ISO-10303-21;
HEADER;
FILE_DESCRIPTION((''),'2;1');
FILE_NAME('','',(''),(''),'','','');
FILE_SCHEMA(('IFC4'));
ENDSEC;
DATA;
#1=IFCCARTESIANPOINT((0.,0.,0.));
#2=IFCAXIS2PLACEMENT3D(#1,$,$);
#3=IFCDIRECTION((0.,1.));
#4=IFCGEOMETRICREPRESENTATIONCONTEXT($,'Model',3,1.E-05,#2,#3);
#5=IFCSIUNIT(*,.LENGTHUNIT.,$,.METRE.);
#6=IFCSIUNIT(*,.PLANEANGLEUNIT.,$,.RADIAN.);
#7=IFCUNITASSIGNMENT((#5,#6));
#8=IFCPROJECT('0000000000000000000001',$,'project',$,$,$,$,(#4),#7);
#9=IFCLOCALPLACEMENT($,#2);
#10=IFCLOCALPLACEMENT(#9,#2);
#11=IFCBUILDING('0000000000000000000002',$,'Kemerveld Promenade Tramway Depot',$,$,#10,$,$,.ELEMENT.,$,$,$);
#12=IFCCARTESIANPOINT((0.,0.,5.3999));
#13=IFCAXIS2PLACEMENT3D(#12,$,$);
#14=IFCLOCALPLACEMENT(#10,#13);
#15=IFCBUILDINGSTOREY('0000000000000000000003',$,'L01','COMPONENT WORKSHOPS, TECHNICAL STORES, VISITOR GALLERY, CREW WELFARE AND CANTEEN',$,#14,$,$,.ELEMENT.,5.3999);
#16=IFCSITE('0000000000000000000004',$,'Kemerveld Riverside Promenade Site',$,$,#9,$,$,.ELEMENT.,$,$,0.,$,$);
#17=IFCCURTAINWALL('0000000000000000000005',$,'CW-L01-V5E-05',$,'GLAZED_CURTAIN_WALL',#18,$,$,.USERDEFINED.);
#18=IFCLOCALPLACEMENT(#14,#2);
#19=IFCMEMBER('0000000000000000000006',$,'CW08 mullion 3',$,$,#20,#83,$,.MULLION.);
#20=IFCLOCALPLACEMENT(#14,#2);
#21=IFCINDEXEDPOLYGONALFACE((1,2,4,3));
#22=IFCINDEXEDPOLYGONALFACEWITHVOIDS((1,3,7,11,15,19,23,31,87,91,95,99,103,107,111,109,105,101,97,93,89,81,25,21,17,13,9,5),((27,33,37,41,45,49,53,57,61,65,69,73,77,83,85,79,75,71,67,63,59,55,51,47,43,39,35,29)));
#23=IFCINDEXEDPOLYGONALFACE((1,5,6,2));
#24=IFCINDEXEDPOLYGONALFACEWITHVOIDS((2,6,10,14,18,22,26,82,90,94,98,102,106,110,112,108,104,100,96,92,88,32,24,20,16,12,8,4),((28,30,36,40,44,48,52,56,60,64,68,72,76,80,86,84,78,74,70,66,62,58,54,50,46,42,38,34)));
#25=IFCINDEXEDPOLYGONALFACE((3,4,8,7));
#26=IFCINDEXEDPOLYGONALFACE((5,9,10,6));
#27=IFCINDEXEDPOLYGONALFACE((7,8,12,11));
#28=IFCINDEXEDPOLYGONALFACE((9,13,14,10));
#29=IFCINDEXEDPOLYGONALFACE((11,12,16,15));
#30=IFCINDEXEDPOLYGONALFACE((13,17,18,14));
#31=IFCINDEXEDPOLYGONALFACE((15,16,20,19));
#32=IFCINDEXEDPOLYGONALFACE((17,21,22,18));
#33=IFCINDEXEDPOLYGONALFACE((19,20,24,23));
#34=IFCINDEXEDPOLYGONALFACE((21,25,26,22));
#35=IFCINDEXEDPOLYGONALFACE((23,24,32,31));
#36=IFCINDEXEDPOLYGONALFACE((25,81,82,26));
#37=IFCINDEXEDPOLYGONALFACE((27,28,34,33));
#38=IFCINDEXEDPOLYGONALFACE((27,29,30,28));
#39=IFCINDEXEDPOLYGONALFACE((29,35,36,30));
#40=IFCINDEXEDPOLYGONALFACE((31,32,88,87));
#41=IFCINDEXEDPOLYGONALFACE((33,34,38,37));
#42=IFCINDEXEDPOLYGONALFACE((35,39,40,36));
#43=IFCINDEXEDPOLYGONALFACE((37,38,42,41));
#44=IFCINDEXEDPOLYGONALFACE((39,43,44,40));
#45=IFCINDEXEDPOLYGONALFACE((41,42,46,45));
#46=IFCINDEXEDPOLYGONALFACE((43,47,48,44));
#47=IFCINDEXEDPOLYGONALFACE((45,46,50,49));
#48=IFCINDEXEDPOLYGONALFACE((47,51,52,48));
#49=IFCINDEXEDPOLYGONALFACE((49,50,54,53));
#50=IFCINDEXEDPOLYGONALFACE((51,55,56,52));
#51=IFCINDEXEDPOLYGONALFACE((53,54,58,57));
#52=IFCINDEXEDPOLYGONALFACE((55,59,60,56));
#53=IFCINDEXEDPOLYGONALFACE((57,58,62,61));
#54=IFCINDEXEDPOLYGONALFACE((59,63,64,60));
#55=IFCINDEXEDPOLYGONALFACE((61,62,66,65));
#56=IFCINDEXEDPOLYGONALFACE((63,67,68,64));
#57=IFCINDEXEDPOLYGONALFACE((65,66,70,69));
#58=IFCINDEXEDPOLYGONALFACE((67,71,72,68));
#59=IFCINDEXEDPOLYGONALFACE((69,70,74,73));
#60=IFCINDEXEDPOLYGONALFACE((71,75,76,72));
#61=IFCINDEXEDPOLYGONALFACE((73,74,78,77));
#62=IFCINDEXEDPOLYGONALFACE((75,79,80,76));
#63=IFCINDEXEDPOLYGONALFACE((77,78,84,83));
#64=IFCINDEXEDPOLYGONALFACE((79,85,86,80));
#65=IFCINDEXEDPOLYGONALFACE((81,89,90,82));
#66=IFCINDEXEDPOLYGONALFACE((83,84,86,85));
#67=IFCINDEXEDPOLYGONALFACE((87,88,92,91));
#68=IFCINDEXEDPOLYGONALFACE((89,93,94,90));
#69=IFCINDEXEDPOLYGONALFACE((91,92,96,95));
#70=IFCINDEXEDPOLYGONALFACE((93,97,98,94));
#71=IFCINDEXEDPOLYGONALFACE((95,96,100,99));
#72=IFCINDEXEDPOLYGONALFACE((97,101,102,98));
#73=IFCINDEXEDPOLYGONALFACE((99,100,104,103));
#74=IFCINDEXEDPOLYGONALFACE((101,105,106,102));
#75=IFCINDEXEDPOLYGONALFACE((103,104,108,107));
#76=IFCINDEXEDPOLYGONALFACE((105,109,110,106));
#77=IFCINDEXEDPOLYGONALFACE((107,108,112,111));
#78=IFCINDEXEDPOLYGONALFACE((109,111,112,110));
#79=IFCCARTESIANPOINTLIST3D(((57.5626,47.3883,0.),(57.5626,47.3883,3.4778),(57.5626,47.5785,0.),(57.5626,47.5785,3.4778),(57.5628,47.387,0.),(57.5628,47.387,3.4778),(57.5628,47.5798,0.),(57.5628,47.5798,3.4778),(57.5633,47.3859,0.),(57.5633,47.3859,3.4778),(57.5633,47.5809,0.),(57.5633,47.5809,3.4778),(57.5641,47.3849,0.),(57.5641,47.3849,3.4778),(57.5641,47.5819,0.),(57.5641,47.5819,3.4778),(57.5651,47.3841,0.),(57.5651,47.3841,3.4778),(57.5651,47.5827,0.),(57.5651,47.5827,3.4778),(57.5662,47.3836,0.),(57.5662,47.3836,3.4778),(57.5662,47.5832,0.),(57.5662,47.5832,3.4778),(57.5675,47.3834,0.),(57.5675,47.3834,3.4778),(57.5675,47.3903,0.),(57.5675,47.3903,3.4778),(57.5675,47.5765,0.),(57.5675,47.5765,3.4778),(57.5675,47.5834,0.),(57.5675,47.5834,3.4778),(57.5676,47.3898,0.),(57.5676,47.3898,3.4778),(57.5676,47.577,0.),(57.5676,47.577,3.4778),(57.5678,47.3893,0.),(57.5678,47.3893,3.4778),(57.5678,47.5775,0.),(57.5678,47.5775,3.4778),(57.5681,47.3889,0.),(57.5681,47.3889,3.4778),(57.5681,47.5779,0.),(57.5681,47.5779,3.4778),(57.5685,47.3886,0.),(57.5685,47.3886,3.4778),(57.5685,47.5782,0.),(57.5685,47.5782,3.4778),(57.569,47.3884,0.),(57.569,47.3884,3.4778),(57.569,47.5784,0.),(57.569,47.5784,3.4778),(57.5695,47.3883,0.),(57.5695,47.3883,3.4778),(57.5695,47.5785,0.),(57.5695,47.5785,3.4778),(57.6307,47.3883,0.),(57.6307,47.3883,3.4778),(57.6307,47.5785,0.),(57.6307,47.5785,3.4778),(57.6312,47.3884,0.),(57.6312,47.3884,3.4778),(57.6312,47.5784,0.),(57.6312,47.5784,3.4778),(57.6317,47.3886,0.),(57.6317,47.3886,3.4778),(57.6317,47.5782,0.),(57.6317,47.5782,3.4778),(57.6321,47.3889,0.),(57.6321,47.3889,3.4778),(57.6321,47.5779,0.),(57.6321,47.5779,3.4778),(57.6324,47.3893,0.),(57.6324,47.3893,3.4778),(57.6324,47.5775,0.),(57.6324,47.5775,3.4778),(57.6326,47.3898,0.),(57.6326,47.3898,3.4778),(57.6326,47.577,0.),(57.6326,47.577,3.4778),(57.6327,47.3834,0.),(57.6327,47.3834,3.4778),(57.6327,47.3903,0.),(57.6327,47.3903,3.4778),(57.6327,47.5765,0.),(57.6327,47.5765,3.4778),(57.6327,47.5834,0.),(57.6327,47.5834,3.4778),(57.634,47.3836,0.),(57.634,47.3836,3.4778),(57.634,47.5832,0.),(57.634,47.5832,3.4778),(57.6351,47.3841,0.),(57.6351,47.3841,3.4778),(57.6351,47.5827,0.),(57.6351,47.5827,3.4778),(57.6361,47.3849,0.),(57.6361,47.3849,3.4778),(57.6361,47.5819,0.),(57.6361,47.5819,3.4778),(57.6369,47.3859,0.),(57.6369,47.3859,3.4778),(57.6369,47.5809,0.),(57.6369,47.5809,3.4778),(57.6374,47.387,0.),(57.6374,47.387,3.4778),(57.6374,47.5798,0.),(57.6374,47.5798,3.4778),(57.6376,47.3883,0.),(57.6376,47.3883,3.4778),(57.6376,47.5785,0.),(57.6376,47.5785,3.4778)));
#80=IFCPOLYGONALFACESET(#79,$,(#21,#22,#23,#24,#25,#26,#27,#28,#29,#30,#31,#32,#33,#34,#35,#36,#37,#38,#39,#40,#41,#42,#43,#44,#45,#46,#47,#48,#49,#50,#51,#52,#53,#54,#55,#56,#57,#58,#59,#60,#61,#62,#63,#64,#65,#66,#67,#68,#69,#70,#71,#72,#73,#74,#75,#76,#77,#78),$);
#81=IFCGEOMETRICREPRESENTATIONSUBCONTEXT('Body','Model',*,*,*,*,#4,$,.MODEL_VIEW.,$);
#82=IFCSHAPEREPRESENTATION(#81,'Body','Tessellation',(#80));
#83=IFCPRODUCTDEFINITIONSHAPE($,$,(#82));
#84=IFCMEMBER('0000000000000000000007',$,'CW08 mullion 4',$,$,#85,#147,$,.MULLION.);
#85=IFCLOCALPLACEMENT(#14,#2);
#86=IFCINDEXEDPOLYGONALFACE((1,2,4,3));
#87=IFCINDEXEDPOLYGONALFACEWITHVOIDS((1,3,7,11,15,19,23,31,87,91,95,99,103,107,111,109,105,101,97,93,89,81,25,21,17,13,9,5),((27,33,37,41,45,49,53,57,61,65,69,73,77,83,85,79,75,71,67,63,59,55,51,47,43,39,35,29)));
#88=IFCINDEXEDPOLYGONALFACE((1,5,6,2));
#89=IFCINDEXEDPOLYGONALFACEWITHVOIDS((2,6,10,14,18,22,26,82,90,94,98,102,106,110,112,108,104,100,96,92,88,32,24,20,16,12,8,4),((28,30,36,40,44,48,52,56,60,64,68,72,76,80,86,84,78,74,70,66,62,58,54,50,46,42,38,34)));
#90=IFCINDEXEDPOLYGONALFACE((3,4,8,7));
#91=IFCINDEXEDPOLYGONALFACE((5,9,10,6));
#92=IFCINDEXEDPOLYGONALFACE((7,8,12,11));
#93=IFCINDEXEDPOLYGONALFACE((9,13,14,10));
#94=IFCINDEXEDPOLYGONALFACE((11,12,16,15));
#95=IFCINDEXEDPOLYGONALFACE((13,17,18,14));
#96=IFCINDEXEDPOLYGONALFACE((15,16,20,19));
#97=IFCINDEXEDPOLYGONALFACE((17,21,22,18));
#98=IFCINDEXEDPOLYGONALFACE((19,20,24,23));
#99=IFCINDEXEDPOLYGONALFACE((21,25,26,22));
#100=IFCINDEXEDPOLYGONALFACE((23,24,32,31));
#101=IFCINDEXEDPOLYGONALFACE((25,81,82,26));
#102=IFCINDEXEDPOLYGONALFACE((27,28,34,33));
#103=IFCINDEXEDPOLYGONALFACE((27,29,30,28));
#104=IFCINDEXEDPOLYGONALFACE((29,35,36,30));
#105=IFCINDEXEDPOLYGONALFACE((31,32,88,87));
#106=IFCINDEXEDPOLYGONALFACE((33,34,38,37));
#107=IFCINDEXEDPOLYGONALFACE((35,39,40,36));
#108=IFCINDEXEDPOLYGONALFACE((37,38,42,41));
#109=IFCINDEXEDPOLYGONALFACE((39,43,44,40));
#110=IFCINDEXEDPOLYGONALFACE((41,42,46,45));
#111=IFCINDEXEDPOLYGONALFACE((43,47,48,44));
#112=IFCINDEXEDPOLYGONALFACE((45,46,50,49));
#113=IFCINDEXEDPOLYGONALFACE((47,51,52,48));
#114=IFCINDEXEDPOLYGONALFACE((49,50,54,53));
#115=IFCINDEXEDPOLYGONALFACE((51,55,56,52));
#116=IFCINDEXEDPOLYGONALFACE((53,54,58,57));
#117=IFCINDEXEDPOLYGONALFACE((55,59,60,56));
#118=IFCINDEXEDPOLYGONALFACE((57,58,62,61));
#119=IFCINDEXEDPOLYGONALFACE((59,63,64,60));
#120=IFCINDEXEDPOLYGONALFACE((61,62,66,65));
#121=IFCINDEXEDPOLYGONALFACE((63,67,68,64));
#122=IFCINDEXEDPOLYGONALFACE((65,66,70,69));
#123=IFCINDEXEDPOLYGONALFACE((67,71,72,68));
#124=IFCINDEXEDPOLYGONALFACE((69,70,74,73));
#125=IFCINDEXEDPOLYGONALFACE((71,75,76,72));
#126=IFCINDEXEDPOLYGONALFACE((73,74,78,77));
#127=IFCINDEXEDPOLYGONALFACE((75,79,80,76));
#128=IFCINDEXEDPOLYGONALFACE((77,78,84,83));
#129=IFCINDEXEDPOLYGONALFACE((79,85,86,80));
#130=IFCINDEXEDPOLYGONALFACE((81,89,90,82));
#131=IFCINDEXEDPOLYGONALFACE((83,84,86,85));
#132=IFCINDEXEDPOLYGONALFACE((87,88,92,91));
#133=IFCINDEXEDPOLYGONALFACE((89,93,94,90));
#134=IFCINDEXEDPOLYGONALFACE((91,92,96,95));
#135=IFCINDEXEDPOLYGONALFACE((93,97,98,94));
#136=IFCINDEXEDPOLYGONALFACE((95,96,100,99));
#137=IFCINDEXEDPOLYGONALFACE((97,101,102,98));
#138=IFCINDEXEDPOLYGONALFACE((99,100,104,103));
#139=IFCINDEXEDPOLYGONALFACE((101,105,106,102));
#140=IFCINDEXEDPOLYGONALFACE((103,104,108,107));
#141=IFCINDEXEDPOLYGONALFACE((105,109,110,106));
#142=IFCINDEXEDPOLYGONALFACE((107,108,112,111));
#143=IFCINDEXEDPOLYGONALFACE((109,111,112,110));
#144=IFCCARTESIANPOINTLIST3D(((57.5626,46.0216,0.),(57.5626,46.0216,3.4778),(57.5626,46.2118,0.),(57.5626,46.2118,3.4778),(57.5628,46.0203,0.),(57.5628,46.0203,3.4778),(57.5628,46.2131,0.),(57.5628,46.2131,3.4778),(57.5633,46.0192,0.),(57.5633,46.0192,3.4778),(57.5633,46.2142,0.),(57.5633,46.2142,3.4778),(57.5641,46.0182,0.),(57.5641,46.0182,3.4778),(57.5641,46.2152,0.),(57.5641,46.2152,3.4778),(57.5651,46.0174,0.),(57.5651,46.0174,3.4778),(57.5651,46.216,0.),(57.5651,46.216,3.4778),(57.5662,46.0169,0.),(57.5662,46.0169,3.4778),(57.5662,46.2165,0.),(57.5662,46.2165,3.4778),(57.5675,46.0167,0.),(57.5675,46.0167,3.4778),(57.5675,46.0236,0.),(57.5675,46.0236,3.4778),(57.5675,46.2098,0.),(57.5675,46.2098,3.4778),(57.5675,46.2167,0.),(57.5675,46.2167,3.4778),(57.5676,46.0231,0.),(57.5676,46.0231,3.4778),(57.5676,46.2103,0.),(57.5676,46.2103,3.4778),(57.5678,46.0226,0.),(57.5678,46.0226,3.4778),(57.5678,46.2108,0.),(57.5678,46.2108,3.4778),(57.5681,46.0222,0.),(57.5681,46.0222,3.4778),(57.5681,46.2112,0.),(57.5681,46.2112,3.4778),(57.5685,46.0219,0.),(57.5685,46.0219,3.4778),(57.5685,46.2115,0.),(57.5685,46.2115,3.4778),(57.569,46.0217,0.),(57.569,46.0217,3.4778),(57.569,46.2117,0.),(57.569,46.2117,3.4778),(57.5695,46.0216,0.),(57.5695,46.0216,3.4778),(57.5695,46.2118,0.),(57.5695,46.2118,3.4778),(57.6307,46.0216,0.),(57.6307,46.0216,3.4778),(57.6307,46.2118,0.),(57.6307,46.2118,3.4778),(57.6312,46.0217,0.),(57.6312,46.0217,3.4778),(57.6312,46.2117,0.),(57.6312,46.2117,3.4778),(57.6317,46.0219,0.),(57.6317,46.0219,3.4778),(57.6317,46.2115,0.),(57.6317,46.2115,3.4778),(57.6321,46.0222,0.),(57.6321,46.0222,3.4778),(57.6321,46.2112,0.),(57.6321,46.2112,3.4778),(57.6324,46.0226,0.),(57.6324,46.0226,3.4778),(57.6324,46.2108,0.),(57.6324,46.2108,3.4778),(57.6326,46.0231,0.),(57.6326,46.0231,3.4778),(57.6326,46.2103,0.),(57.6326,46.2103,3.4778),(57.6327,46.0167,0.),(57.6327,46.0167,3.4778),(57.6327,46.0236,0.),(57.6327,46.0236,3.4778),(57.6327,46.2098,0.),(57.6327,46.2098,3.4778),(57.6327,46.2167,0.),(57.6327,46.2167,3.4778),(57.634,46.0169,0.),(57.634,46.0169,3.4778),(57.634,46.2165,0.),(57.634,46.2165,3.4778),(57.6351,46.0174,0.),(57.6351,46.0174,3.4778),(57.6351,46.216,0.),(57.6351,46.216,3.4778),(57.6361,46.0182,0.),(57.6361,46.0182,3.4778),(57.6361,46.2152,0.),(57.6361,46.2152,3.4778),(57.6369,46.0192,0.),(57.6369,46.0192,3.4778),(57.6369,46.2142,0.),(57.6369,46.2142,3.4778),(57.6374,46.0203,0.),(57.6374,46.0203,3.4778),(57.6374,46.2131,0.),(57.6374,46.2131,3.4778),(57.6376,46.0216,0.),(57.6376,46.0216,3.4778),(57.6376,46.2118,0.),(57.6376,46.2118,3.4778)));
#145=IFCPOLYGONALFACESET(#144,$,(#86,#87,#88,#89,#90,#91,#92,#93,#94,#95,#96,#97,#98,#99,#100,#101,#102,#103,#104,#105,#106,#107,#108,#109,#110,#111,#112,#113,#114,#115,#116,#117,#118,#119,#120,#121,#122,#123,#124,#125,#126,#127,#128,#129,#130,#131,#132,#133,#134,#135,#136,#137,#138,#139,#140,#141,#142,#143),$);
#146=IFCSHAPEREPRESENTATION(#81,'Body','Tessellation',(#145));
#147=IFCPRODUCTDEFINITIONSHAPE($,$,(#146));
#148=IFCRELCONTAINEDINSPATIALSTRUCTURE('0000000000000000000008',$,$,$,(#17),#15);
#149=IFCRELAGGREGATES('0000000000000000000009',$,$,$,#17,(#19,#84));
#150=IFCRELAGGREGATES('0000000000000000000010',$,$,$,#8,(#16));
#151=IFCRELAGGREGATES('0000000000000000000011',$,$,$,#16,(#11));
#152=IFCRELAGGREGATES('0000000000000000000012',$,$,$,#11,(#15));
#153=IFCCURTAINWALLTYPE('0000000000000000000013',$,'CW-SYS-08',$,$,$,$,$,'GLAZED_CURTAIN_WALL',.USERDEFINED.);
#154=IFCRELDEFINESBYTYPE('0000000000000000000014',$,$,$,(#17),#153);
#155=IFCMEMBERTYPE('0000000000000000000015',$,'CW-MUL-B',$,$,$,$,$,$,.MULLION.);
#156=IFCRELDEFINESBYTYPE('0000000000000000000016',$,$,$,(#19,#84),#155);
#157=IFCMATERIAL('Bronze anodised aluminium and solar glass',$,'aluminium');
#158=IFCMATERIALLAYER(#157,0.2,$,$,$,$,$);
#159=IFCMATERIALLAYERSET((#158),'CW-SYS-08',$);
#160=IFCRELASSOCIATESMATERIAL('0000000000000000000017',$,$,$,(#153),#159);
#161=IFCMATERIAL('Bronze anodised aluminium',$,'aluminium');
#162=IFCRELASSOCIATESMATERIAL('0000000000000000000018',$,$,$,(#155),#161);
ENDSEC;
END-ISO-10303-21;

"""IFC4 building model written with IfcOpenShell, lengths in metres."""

from ifc_helpers import new_model, si_unit, direction, frame, origin, origin_2d, place, context, subcontext, project, spatial, hollow_rectangle, extrude, material, layer, layer_set, material_profile, profile_set, type_object, element, aggregate, save


model = new_model("IFC4")

# Units and contexts
model_context = context("Model", 3, precision=1e-05, world=origin(), true_north=direction((0.0, 1.0)))
body_context = subcontext(model_context, "Body", "Model", "MODEL_VIEW")
ifc_project = project(units=[si_unit("LENGTHUNIT", "METRE"), si_unit("PLANEANGLEUNIT", "RADIAN")], contexts=[model_context])

# Site, building, storey
site_placement = place(None, origin())
site = spatial("IfcSite", under=ifc_project, at=site_placement, Name="Kemerveld Riverside Promenade Site", CompositionType="ELEMENT", RefElevation=0.0)
building_placement = place(site_placement, origin())
building = spatial("IfcBuilding", under=site, at=building_placement, Name="Kemerveld Promenade Tramway Depot", CompositionType="ELEMENT")
storey_placement = place(building_placement, frame((0.0, 0.0, 5.3999)))
storey = spatial("IfcBuildingStorey", under=building, at=storey_placement, Name="L01", Description="COMPONENT WORKSHOPS, TECHNICAL STORES, VISITOR GALLERY, CREW WELFARE AND CANTEEN", CompositionType="ELEMENT", Elevation=5.3999)

# Curtain wall, members
ifc_material_1 = material(Name="Bronze anodised aluminium and solar glass", Category="aluminium")
ifc_layer_1 = layer(ifc_material_1, 0.2)
ifc_layer_set_1 = layer_set([ifc_layer_1], Name="CW-SYS-08")
curtain_wall_type = type_object("IfcCurtainWallType", Name="CW-SYS-08", ElementType="GLAZED_CURTAIN_WALL", PredefinedType="USERDEFINED", material=ifc_layer_set_1)
curtain_wall_placement = place(storey_placement, origin())
curtain_wall = element("IfcCurtainWall", 1, at=curtain_wall_placement, inside=storey, type_object=curtain_wall_type, Name="CW-L01-V5E-05", ObjectType="GLAZED_CURTAIN_WALL", PredefinedType="USERDEFINED")
ifc_material_2 = material(Name="Bronze anodised aluminium", Category="aluminium")
ifc_material_profile_1 = material_profile(ifc_material_2, hollow_rectangle(XDim=0.075, YDim=0.2, WallThickness=0.0049, InnerFilletRadius=0.002, OuterFilletRadius=0.0049, at=origin_2d()), Name="CW-MUL-200x75")
ifc_profile_set_1 = profile_set([ifc_material_profile_1], Name="Bronze anodised aluminium")
member_type_1 = type_object("IfcMemberType", Name="CW-MUL-B", PredefinedType="MULLION", material=ifc_profile_set_1)
member_1_placement = place(storey_placement, frame((57.6001, 47.4834, 0.0), z_axis=(0.0, 0.0, 1.0), x_axis=(1.0, 0.0, 0.0)))
member_1 = element("IfcMember", 2, at=member_1_placement, type_object=member_type_1, Name="CW08 mullion 3", PredefinedType="MULLION", context=body_context, shape_type="SweptSolid", body=[
    extrude(hollow_rectangle(XDim=0.075, YDim=0.2, WallThickness=0.0049, InnerFilletRadius=0.002, OuterFilletRadius=0.0049, at=origin_2d()), origin(), (0.0, 0.0, 1.0), 3.4778),
])
member_2_placement = place(storey_placement, frame((57.6001, 46.1167, 0.0), z_axis=(0.0, 0.0, 1.0), x_axis=(1.0, 0.0, 0.0)))
member_2 = element("IfcMember", 3, at=member_2_placement, type_object=member_type_1, Name="CW08 mullion 4", PredefinedType="MULLION", context=body_context, shape_type="SweptSolid", body=[
    extrude(hollow_rectangle(XDim=0.075, YDim=0.2, WallThickness=0.0049, InnerFilletRadius=0.002, OuterFilletRadius=0.0049, at=origin_2d()), origin(), (0.0, 0.0, 1.0), 3.4778),
])
aggregate(curtain_wall, [member_1, member_2])

save(model, "model.ifc")
